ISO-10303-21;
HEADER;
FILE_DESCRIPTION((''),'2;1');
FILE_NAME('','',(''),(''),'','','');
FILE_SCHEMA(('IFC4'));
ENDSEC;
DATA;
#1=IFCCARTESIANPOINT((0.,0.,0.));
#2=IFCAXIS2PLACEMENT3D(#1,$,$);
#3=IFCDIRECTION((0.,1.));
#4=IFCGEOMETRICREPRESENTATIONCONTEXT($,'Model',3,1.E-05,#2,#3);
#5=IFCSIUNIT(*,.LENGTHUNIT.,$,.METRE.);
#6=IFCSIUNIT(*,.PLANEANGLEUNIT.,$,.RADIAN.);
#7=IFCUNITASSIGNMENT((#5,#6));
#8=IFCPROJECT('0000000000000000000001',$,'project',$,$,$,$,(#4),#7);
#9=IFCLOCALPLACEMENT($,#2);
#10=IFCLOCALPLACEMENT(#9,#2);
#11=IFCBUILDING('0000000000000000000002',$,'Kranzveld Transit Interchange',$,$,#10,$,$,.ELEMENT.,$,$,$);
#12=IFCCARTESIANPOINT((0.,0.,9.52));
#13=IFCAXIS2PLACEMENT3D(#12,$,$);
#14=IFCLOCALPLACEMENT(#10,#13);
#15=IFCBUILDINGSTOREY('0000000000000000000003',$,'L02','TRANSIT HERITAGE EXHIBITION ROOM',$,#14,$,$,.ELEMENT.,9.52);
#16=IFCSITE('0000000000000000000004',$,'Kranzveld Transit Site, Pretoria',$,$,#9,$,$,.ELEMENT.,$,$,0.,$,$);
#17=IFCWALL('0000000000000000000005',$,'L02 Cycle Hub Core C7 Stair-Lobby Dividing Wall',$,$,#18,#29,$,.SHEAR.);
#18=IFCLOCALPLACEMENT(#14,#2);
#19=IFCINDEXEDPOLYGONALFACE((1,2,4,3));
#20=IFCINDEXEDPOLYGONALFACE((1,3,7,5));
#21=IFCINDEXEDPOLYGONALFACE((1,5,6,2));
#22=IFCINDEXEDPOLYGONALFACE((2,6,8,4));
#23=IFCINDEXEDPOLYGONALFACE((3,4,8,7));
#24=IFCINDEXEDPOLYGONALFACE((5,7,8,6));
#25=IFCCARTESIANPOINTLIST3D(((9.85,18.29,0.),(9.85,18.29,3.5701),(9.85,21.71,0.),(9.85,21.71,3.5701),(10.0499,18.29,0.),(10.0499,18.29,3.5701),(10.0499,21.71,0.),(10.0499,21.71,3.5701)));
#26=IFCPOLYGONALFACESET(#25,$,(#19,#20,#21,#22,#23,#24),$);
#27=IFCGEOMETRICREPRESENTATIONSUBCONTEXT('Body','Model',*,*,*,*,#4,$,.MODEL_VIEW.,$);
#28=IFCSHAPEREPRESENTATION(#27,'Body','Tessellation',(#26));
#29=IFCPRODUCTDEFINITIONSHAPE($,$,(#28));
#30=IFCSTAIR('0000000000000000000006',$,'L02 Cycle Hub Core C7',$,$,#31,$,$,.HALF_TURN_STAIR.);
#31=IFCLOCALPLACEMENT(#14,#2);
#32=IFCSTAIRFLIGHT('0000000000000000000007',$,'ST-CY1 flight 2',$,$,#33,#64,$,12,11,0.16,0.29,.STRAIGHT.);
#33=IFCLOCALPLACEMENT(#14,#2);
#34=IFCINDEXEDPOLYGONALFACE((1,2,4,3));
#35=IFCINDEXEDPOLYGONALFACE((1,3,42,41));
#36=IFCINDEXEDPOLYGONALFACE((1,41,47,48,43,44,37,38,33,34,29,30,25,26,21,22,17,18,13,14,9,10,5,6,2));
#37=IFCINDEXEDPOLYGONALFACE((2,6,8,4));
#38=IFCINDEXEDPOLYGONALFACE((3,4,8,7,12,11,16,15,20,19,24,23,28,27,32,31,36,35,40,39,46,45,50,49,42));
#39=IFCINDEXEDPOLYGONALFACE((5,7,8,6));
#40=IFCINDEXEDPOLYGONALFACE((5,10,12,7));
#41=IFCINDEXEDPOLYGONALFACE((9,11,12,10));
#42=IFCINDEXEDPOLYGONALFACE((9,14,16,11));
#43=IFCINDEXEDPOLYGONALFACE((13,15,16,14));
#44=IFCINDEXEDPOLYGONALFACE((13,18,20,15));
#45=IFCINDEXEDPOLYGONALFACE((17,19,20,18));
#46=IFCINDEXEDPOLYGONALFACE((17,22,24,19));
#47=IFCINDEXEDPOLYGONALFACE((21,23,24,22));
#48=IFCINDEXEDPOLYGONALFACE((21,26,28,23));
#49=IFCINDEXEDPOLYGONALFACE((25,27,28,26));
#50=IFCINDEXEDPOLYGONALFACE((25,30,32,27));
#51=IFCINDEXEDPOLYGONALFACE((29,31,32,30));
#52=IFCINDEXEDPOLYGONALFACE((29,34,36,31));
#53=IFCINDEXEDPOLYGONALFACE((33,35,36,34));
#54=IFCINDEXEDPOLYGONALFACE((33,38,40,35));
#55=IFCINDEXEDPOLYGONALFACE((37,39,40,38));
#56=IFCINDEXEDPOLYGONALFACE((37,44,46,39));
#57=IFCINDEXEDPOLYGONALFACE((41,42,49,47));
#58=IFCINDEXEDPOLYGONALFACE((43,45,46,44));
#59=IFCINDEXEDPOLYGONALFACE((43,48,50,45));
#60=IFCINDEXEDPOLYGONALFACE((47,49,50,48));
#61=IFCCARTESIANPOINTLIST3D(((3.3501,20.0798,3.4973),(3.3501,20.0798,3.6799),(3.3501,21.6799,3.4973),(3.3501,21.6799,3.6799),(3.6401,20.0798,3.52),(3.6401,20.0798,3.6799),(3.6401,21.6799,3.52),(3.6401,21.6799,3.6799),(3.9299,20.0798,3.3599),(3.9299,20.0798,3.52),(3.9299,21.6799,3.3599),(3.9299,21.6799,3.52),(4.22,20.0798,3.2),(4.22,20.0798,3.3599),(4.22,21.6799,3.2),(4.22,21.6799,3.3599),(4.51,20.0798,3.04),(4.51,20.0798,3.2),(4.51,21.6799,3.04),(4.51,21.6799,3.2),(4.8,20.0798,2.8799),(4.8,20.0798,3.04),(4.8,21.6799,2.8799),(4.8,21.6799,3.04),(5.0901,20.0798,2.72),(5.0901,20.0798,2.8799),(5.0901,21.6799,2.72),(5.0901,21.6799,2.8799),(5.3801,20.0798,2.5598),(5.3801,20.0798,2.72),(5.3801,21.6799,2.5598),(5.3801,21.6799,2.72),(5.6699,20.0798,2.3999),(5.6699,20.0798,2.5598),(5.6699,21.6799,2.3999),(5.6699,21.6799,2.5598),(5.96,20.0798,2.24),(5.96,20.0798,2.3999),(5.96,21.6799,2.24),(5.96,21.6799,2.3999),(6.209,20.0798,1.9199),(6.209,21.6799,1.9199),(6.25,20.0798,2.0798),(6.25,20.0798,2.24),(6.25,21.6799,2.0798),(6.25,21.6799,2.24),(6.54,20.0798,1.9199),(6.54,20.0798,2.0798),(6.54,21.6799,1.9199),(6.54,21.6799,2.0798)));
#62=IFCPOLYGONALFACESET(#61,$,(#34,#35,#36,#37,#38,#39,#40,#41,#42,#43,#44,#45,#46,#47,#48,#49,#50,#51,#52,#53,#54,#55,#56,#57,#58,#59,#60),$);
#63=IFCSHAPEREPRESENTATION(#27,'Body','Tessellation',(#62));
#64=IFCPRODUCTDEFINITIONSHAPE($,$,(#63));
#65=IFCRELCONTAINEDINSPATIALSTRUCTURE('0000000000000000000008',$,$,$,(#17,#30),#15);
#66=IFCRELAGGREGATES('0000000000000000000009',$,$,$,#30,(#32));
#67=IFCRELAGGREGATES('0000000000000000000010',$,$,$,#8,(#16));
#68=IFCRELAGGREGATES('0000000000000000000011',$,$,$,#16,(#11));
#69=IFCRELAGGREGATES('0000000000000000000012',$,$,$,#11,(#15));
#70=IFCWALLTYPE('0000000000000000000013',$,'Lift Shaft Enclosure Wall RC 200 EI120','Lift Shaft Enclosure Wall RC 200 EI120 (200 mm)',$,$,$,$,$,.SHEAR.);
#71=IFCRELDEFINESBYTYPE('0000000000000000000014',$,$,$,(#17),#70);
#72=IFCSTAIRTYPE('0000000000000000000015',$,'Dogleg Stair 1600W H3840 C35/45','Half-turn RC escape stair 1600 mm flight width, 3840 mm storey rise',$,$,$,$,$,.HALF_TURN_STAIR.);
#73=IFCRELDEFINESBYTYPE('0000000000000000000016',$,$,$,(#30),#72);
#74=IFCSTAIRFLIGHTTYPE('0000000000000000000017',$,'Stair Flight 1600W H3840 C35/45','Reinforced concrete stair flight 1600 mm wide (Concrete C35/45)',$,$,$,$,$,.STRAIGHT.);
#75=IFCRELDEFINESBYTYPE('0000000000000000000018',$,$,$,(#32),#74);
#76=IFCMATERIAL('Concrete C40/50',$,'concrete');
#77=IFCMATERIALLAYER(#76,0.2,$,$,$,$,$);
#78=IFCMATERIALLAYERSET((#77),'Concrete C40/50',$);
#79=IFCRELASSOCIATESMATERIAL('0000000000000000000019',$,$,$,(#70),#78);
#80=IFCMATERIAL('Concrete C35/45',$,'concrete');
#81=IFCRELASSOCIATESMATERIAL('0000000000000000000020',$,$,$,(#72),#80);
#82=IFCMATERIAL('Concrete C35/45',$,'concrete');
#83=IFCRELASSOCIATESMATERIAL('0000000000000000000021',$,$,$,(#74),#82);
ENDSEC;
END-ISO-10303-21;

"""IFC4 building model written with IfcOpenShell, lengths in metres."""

from ifc_helpers import new_model, si_unit, direction, frame, frame_2d, origin, place, context, subcontext, project, spatial, polyline, rectangle, outline, extrude, material, layer, layer_set, type_object, element, aggregate, save


model = new_model("IFC4")

# Units and contexts
model_context = context("Model", 3, precision=1e-05, world=origin(), true_north=direction((0.0, 1.0)))
body_context = subcontext(model_context, "Body", "Model", "MODEL_VIEW")
ifc_project = project(units=[si_unit("LENGTHUNIT", "METRE"), si_unit("PLANEANGLEUNIT", "RADIAN")], contexts=[model_context])

# Site, building, storey
site_placement = place(None, origin())
site = spatial("IfcSite", under=ifc_project, at=site_placement, Name="Kranzveld Transit Site, Pretoria", CompositionType="ELEMENT", RefElevation=0.0)
building_placement = place(site_placement, origin())
building = spatial("IfcBuilding", under=site, at=building_placement, Name="Kranzveld Transit Interchange", CompositionType="ELEMENT")
storey_placement = place(building_placement, frame((0.0, 0.0, 9.52)))
storey = spatial("IfcBuildingStorey", under=building, at=storey_placement, Name="L02", Description="TRANSIT HERITAGE EXHIBITION ROOM", CompositionType="ELEMENT", Elevation=9.52)

# Wall
ifc_material_1 = material(Name="Concrete C40/50", Category="concrete")
ifc_layer_1 = layer(ifc_material_1, 0.2)
ifc_layer_set_1 = layer_set([ifc_layer_1], Name="Concrete C40/50")
wall_type = type_object("IfcWallType", Name="Lift Shaft Enclosure Wall RC 200 EI120", Description="Lift Shaft Enclosure Wall RC 200 EI120 (200 mm)", PredefinedType="SHEAR", material=ifc_layer_set_1)
wall_placement = place(storey_placement, frame((9.95, 18.29, 0.0), z_axis=(0.0, 0.0, 1.0), x_axis=(0.0, 1.0, 0.0)))
element("IfcWall", 1, at=wall_placement, inside=storey, type_object=wall_type, Name="L02 Cycle Hub Core C7 Stair-Lobby Dividing Wall", PredefinedType="SHEAR", context=body_context, shape_type="SweptSolid", body=[
    extrude(rectangle(XDim=3.4199, YDim=0.2, at=frame_2d((1.71, 0.0))), origin(), (0.0, 0.0, 1.0), 3.5701),
])

# Stair, stair flight
ifc_material_2 = material(Name="Concrete C35/45", Category="concrete")
stair_type = type_object("IfcStairType", Name="Dogleg Stair 1600W H3840 C35/45", Description="Half-turn RC escape stair 1600 mm flight width, 3840 mm storey rise", PredefinedType="HALF_TURN_STAIR", material=ifc_material_2)
stair_placement = place(storey_placement, origin())
stair = element("IfcStair", 2, at=stair_placement, inside=storey, type_object=stair_type, Name="L02 Cycle Hub Core C7", PredefinedType="HALF_TURN_STAIR")
ifc_material_3 = material(Name="Concrete C35/45", Category="concrete")
stair_flight_type = type_object("IfcStairFlightType", Name="Stair Flight 1600W H3840 C35/45", Description="Reinforced concrete stair flight 1600 mm wide (Concrete C35/45)", PredefinedType="STRAIGHT", material=ifc_material_3)
stair_flight_placement = place(storey_placement, frame((6.54, 20.8799, 1.9199), z_axis=(0.0, 0.0, 1.0), x_axis=(-1.0, 0.0, 0.0)))
stair_flight = element("IfcStairFlight", 3, at=stair_flight_placement, type_object=stair_flight_type, Name="ST-CY1 flight 2", NumberOfRisers=12, NumberOfTreads=11, PredefinedType="STRAIGHT", RiserHeight=0.16, TreadLength=0.29, context=body_context, shape_type="SweptSolid", body=[
    extrude(outline(polyline([(0.0, 0.0), (0.0, 0.1599), (0.29, 0.1599), (0.29, 0.3201), (0.5801, 0.3201), (0.5801, 0.48), (0.8701, 0.48), (0.8701, 0.6399), (1.1599, 0.6399), (1.1599, 0.8), (1.45, 0.8), (1.45, 0.96), (1.74, 0.96), (1.74, 1.1201), (2.03, 1.1201), (2.03, 1.28), (2.3201, 1.28), (2.3201, 1.4399), (2.6101, 1.4399), (2.6101, 1.6001), (2.8999, 1.6001), (2.8999, 1.76), (3.1899, 1.76), (3.1899, 1.9199), (3.1899, 1.5774), (0.3311, 0.0), (0.0, 0.0)])), frame((0.0, 0.8, 0.0), z_axis=(0.0, -1.0, 0.0), x_axis=(1.0, 0.0, 0.0)), (0.0, 0.0, 1.0), 1.6001),
])
aggregate(stair, [stair_flight])

save(model, "model.ifc")
